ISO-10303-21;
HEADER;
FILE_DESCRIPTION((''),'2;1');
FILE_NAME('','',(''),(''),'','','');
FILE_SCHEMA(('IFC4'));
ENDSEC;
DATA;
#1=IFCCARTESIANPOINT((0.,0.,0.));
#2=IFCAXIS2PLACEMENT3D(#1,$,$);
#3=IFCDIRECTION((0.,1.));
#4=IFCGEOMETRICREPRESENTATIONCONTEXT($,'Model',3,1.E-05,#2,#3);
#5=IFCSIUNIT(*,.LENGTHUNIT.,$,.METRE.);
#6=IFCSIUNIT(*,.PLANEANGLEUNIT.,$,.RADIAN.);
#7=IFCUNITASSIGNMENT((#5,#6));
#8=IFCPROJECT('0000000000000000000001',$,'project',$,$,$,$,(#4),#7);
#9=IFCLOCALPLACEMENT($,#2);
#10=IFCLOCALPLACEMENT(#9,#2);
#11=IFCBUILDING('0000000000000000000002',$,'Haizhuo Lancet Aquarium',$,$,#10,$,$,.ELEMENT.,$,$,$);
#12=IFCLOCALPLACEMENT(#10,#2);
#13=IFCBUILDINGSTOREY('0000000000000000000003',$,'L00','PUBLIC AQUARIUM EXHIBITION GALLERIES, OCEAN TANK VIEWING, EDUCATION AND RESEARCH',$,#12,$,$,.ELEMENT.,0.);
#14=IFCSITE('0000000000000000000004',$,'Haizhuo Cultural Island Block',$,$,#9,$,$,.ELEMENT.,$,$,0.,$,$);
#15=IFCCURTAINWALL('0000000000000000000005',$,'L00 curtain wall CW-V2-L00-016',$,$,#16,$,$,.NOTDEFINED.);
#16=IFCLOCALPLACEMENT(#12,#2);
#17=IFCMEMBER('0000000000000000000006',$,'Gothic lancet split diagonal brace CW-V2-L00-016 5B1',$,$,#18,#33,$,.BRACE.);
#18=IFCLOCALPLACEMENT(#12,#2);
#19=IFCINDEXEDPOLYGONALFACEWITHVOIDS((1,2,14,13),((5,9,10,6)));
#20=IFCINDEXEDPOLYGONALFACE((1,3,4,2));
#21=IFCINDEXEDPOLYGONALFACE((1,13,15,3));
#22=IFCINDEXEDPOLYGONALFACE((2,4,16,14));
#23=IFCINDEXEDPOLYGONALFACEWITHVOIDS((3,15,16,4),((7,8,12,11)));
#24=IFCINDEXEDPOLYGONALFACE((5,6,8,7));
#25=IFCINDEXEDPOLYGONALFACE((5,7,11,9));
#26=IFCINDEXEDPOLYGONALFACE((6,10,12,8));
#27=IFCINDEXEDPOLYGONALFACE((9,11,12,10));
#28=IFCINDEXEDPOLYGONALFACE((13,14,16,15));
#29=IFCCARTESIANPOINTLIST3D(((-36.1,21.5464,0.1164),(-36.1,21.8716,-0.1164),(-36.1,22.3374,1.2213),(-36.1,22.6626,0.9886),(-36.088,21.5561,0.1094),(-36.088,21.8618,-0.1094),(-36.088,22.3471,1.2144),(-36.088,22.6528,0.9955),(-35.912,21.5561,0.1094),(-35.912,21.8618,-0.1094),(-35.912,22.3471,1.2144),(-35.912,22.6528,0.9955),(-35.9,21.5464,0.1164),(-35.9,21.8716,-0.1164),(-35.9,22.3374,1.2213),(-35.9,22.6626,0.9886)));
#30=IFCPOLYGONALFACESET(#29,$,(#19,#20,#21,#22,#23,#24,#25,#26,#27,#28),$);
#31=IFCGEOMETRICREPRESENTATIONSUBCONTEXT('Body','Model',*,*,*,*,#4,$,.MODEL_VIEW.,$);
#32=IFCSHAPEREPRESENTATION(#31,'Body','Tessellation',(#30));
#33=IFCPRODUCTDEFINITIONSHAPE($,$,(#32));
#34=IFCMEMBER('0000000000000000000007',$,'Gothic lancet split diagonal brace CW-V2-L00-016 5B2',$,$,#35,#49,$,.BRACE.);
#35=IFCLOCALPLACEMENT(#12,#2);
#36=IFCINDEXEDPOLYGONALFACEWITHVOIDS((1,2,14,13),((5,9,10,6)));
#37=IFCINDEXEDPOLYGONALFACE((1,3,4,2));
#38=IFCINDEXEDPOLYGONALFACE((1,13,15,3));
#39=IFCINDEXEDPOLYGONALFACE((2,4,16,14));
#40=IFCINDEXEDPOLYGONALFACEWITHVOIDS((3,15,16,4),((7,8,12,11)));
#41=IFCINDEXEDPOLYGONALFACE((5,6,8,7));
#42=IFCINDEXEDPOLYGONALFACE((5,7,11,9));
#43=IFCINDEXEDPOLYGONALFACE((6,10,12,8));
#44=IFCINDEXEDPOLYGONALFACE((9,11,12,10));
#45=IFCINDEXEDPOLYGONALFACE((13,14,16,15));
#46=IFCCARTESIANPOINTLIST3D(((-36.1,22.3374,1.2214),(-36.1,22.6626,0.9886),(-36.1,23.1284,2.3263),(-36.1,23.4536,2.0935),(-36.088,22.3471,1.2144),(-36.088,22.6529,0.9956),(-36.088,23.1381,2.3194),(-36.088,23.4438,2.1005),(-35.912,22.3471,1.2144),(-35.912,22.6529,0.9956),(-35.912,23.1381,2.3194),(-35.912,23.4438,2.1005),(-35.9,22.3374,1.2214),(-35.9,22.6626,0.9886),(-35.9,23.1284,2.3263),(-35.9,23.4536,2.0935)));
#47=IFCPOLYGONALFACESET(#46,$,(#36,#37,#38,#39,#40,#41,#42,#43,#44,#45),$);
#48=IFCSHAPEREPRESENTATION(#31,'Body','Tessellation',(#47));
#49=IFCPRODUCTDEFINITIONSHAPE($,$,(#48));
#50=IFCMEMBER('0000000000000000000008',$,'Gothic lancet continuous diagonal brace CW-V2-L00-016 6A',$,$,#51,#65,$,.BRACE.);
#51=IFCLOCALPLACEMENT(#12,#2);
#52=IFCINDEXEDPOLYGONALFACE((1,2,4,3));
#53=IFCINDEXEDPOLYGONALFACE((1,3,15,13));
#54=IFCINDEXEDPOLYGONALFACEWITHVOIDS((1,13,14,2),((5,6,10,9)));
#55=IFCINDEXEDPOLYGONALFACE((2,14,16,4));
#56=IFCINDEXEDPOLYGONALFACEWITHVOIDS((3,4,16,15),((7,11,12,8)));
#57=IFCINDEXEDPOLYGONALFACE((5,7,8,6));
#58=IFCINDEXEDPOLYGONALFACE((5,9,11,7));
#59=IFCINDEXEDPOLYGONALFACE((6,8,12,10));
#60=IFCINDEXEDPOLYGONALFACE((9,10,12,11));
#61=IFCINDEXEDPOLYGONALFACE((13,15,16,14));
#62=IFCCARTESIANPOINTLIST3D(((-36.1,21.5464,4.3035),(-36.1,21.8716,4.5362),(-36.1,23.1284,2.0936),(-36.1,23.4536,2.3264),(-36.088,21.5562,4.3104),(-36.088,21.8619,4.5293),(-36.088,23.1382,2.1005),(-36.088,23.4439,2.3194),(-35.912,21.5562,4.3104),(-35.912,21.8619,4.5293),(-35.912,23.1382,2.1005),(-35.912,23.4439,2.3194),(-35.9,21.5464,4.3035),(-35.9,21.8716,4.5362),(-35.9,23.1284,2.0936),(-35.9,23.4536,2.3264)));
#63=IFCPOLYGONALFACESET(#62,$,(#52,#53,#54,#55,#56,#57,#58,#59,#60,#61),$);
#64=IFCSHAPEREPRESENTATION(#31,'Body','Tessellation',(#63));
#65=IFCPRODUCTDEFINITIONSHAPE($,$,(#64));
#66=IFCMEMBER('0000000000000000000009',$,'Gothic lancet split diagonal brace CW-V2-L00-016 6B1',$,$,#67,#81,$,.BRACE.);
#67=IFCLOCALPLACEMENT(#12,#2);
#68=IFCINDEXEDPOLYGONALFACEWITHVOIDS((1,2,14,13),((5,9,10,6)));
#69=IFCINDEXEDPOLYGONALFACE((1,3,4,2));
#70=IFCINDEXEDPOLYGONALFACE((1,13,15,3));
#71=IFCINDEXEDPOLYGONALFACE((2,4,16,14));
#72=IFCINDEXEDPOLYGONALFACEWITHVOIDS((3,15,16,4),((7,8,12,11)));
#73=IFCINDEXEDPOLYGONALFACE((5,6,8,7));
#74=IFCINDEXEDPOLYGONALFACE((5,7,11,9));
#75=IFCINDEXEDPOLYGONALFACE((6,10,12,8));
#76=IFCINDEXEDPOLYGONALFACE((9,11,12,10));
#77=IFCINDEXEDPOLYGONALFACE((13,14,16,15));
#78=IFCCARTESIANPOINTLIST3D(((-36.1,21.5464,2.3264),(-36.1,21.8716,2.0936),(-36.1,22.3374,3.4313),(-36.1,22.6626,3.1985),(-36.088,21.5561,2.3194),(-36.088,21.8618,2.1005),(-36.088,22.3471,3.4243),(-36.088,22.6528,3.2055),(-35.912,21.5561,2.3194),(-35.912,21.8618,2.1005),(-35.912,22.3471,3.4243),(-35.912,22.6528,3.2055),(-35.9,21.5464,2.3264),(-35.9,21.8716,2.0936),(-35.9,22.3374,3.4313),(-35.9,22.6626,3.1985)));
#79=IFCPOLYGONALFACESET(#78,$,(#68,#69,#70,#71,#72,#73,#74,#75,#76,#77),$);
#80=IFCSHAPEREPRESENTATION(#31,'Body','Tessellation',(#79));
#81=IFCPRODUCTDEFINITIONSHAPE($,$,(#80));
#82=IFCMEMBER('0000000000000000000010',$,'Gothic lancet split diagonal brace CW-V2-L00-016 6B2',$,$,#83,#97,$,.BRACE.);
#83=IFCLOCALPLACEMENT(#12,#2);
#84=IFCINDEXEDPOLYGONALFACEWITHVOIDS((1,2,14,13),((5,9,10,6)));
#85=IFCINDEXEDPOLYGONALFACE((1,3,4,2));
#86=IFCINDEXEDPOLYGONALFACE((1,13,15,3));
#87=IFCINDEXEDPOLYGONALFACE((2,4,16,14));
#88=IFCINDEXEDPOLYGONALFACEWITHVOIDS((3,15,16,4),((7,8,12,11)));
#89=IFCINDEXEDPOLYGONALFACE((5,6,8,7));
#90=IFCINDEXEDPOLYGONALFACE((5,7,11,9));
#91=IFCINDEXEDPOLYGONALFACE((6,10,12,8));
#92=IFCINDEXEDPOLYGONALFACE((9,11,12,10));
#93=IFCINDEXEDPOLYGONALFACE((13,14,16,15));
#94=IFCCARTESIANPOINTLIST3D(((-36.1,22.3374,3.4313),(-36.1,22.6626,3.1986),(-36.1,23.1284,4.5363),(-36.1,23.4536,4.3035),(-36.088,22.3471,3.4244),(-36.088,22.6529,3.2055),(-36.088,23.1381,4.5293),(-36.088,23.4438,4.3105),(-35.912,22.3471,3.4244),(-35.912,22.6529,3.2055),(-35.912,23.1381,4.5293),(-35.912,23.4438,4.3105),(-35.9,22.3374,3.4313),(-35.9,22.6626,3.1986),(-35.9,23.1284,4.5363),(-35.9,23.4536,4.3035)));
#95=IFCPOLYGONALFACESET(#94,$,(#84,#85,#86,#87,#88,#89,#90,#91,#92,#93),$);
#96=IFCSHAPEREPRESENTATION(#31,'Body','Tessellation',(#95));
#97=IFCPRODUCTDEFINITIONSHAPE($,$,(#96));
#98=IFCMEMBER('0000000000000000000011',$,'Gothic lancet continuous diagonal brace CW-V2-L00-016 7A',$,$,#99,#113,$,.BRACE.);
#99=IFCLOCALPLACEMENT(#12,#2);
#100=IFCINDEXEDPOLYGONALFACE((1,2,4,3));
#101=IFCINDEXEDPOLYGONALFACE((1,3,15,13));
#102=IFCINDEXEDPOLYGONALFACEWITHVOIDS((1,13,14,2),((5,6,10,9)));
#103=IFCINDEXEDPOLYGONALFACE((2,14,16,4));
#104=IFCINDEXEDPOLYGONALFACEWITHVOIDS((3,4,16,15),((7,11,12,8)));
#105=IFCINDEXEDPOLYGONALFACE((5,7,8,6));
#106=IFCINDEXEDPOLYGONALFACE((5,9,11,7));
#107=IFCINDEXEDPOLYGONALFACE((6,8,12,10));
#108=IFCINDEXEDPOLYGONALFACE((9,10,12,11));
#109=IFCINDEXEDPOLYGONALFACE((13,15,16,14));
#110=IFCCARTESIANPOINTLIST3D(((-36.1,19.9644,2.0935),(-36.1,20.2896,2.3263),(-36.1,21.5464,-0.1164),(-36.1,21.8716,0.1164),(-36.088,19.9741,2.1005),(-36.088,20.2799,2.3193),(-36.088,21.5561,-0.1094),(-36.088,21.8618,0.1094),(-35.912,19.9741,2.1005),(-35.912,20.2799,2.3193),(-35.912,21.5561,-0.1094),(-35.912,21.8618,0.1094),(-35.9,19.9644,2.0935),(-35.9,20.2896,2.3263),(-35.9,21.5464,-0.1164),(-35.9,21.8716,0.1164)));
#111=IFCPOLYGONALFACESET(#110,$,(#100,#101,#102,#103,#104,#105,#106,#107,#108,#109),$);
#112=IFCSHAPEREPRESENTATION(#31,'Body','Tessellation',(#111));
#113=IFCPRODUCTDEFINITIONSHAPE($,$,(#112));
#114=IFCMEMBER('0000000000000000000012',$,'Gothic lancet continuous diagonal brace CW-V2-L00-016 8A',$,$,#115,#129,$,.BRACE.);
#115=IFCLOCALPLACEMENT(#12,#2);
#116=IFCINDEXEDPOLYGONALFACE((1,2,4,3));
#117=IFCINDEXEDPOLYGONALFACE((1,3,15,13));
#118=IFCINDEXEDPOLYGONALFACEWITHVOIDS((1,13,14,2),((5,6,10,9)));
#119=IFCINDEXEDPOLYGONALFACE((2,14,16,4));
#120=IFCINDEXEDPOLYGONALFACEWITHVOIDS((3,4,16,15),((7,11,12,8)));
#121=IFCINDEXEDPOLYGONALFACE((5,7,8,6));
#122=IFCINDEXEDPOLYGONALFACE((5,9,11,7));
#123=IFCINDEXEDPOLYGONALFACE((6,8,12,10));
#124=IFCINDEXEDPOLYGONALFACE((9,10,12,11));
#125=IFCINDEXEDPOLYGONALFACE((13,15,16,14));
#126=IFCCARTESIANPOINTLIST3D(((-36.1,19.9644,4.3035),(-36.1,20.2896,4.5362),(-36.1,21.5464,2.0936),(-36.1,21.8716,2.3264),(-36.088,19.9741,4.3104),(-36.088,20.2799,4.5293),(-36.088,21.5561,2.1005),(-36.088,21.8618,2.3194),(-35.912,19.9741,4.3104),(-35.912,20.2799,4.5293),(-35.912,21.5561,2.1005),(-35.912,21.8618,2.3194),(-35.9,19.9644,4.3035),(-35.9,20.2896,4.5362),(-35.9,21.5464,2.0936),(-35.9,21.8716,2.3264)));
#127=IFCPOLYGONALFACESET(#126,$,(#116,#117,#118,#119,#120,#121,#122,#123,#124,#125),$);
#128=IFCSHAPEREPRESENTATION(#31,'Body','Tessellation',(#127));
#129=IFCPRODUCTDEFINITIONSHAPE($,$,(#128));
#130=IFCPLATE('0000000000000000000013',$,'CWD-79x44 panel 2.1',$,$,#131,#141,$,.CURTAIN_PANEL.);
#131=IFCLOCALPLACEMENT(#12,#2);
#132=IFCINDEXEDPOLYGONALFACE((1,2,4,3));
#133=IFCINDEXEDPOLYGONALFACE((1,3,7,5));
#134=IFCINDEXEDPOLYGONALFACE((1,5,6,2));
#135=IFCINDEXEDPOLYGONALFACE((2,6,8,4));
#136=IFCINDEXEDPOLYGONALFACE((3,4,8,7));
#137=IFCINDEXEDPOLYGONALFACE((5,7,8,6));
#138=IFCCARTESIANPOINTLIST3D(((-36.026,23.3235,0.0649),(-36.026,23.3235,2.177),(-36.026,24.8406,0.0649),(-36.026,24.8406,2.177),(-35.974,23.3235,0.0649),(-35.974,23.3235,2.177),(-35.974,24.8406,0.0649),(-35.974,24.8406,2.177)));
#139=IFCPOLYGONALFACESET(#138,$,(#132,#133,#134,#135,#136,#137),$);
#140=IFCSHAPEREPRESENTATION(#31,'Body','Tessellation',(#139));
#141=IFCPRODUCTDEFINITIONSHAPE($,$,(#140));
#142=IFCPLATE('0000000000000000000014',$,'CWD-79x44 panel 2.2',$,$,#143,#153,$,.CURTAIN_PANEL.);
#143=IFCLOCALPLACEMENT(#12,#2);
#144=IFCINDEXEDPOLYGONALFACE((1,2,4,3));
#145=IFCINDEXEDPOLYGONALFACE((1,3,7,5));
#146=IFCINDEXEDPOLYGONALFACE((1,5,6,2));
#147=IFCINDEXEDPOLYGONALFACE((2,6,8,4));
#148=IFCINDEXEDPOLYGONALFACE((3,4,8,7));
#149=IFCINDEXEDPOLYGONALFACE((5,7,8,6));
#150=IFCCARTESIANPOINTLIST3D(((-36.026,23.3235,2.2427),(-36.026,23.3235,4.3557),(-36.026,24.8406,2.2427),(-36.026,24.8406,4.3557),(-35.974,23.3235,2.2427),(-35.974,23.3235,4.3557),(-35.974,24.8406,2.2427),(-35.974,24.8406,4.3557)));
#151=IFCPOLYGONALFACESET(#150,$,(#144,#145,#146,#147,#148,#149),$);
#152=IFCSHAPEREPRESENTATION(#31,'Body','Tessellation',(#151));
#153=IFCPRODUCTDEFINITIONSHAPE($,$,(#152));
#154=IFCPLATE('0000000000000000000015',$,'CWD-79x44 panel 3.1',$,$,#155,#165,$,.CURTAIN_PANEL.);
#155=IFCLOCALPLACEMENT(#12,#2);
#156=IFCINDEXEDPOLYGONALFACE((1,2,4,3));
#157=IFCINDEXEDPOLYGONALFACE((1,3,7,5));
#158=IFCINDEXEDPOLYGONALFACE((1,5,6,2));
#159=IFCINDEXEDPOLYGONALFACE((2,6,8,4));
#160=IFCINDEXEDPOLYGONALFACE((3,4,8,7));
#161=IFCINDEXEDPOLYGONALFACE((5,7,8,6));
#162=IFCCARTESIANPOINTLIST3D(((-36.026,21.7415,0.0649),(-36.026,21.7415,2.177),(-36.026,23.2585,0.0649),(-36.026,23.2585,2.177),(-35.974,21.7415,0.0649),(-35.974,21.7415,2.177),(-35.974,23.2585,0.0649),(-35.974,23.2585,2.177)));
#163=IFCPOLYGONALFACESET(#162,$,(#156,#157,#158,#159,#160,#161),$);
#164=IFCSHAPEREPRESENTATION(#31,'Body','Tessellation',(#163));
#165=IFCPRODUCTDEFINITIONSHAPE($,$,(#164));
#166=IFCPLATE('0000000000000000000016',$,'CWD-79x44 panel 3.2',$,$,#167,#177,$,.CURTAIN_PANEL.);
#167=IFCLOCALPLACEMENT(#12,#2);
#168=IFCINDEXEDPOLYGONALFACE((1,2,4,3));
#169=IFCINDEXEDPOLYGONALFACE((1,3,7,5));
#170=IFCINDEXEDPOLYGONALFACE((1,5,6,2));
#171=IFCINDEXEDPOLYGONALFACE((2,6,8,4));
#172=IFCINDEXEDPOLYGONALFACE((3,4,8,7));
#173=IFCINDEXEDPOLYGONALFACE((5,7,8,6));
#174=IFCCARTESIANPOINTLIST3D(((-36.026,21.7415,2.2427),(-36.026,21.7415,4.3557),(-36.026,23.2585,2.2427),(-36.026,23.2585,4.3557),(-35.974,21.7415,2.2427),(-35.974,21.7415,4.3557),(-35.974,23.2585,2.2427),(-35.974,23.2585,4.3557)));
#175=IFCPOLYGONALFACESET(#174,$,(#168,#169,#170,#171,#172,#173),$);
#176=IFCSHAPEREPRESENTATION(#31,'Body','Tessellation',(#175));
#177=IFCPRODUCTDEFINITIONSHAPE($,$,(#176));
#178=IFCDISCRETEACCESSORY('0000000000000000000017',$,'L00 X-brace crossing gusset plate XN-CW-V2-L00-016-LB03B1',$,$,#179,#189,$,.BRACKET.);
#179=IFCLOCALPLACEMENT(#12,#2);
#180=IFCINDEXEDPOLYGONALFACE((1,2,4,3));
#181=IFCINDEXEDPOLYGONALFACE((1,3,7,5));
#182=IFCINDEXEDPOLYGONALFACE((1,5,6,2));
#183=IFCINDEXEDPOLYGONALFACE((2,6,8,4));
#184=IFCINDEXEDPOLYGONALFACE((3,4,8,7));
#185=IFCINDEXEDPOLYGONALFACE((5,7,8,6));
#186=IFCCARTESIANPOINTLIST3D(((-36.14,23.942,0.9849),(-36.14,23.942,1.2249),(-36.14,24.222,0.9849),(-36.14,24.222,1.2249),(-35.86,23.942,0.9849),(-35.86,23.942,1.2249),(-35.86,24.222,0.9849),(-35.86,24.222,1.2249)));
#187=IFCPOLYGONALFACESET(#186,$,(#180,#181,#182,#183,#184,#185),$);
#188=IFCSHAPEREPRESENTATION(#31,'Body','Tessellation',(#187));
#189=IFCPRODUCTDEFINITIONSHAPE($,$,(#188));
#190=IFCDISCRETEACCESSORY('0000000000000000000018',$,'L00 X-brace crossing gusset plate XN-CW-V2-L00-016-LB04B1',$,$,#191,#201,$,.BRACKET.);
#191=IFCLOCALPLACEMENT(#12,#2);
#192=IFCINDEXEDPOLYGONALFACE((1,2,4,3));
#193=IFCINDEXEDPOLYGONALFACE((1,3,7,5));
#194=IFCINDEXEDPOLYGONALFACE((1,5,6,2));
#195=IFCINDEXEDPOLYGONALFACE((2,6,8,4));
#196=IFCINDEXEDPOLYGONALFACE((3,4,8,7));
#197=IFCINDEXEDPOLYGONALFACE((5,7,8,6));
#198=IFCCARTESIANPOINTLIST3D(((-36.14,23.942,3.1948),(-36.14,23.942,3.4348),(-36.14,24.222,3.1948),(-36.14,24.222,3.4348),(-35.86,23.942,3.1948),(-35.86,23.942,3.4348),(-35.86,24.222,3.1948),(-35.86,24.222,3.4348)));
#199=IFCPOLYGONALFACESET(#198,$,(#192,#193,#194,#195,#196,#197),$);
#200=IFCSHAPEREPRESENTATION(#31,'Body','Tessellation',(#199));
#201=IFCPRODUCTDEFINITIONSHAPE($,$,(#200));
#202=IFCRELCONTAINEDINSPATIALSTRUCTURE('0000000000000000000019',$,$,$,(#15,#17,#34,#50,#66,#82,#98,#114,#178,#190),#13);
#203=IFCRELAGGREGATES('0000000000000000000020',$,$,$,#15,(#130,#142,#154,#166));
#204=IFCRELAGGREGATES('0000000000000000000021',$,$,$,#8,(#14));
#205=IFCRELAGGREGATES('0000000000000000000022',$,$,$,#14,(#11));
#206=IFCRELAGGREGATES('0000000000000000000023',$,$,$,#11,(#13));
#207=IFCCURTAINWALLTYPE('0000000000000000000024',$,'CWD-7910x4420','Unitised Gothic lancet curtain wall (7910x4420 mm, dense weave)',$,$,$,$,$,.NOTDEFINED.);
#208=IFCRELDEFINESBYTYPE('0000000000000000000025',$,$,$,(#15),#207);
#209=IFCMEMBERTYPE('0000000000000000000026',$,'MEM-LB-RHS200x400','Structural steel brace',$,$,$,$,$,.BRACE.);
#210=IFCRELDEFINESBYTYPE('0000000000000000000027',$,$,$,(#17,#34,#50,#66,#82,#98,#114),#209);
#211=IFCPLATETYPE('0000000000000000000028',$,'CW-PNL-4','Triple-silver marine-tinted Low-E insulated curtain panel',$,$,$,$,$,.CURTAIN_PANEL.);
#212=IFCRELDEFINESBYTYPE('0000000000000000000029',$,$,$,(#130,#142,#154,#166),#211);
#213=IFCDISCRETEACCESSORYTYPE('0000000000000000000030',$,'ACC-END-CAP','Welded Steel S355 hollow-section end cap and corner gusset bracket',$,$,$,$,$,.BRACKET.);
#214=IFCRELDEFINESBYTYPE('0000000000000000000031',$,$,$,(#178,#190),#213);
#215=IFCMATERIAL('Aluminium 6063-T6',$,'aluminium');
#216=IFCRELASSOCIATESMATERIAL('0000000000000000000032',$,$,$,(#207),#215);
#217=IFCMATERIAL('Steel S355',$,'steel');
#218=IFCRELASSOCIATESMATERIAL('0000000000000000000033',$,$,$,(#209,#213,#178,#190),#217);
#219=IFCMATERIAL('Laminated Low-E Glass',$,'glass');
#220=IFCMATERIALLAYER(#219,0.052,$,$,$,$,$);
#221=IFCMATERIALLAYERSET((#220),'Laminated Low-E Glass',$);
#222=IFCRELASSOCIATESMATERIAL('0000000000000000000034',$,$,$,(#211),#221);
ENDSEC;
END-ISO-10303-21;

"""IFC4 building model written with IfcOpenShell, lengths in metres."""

from ifc_helpers import new_model, si_unit, direction, frame, origin, origin_2d, place, context, subcontext, project, spatial, rectangle, hollow_rectangle, extrude, material, layer, layer_set, material_profile, profile_set, type_object, element, aggregate, save


model = new_model("IFC4")

# Units and contexts
model_context = context("Model", 3, precision=1e-05, world=origin(), true_north=direction((0.0, 1.0)))
body_context = subcontext(model_context, "Body", "Model", "MODEL_VIEW")
ifc_project = project(units=[si_unit("LENGTHUNIT", "METRE"), si_unit("PLANEANGLEUNIT", "RADIAN")], contexts=[model_context])

# Site, building, storey
site_placement = place(None, origin())
site = spatial("IfcSite", under=ifc_project, at=site_placement, Name="Haizhuo Cultural Island Block", CompositionType="ELEMENT", RefElevation=0.0)
building_placement = place(site_placement, origin())
building = spatial("IfcBuilding", under=site, at=building_placement, Name="Haizhuo Lancet Aquarium", CompositionType="ELEMENT")
storey_placement = place(building_placement, origin())
storey = spatial("IfcBuildingStorey", under=building, at=storey_placement, Name="L00", Description="PUBLIC AQUARIUM EXHIBITION GALLERIES, OCEAN TANK VIEWING, EDUCATION AND RESEARCH", CompositionType="ELEMENT", Elevation=0.0)

# Curtain wall
ifc_material_1 = material(Name="Aluminium 6063-T6", Category="aluminium")
curtain_wall_type = type_object("IfcCurtainWallType", Name="CWD-7910x4420", Description="Unitised Gothic lancet curtain wall (7910x4420 mm, dense weave)", PredefinedType="NOTDEFINED", material=ifc_material_1)
curtain_wall_placement = place(storey_placement, origin())
curtain_wall = element("IfcCurtainWall", 1, at=curtain_wall_placement, inside=storey, type_object=curtain_wall_type, Name="L00 curtain wall CW-V2-L00-016", PredefinedType="NOTDEFINED")

# Shared definitions
ifc_material_2 = material(Name="Steel S355", Category="steel")

# Members
ifc_material_profile_1 = material_profile(ifc_material_2, hollow_rectangle(XDim=0.2, YDim=0.3999, WallThickness=0.012, at=origin_2d()), Name="RHS 200x400x12")
ifc_profile_set_1 = profile_set([ifc_material_profile_1], Name="Steel S355")
member_type_1 = type_object("IfcMemberType", Name="MEM-LB-RHS200x400", Description="Structural steel brace", PredefinedType="BRACE", material=ifc_profile_set_1)
for number, where, z_axis, x_axis, name in (
    (2, (-36.0, 21.709, 0.0), (0.0, 0.582088, 0.813126), (-1.0, 0.0, 0.0), "Gothic lancet split diagonal brace CW-V2-L00-016 5B1"),
    (3, (-36.0, 22.5, 1.105), (0.0, 0.582088, 0.813126), (-1.0, 0.0, 0.0), "Gothic lancet split diagonal brace CW-V2-L00-016 5B2"),
):
    element("IfcMember", number, at=place(storey_placement, frame(where, z_axis=z_axis, x_axis=x_axis)), inside=storey, type_object=member_type_1, Name=name, PredefinedType="BRACE", context=body_context, shape_type="SweptSolid", body=[
        extrude(hollow_rectangle(XDim=0.2, YDim=0.3999, WallThickness=0.012, at=origin_2d()), origin(), (0.0, 0.0, 1.0), 1.3589),
    ])
member_1_placement = place(storey_placement, frame((-36.0, 23.291, 2.21), z_axis=(0.0, -0.582088, 0.813126), x_axis=(1.0, 0.0, 0.0)))
element("IfcMember", 4, at=member_1_placement, inside=storey, type_object=member_type_1, Name="Gothic lancet continuous diagonal brace CW-V2-L00-016 6A", PredefinedType="BRACE", context=body_context, shape_type="SweptSolid", body=[
    extrude(hollow_rectangle(XDim=0.2, YDim=0.3999, WallThickness=0.012, at=origin_2d()), origin(), (0.0, 0.0, 1.0), 2.7178),
])
for number, where, z_axis, x_axis, name in (
    (5, (-36.0, 21.709, 2.21), (0.0, 0.582088, 0.813126), (-1.0, 0.0, 0.0), "Gothic lancet split diagonal brace CW-V2-L00-016 6B1"),
    (6, (-36.0, 22.5, 3.3149), (0.0, 0.582088, 0.813126), (-1.0, 0.0, 0.0), "Gothic lancet split diagonal brace CW-V2-L00-016 6B2"),
):
    element("IfcMember", number, at=place(storey_placement, frame(where, z_axis=z_axis, x_axis=x_axis)), inside=storey, type_object=member_type_1, Name=name, PredefinedType="BRACE", context=body_context, shape_type="SweptSolid", body=[
        extrude(hollow_rectangle(XDim=0.2, YDim=0.3999, WallThickness=0.012, at=origin_2d()), origin(), (0.0, 0.0, 1.0), 1.3589),
    ])
for number, where, z_axis, x_axis, name in (
    (7, (-36.0, 21.709, 0.0), (0.0, -0.582088, 0.813126), (1.0, 0.0, 0.0), "Gothic lancet continuous diagonal brace CW-V2-L00-016 7A"),
    (8, (-36.0, 21.709, 2.21), (0.0, -0.582088, 0.813126), (1.0, 0.0, 0.0), "Gothic lancet continuous diagonal brace CW-V2-L00-016 8A"),
):
    element("IfcMember", number, at=place(storey_placement, frame(where, z_axis=z_axis, x_axis=x_axis)), inside=storey, type_object=member_type_1, Name=name, PredefinedType="BRACE", context=body_context, shape_type="SweptSolid", body=[
        extrude(hollow_rectangle(XDim=0.2, YDim=0.3999, WallThickness=0.012, at=origin_2d()), origin(), (0.0, 0.0, 1.0), 2.7178),
    ])

# Plates
ifc_material_3 = material(Name="Laminated Low-E Glass", Category="glass")
ifc_layer = layer(ifc_material_3, 0.052)
ifc_layer_set = layer_set([ifc_layer], Name="Laminated Low-E Glass")
plate_type = type_object("IfcPlateType", Name="CW-PNL-4", Description="Triple-silver marine-tinted Low-E insulated curtain panel", PredefinedType="CURTAIN_PANEL", material=ifc_layer_set)
plate_1_placement = place(storey_placement, frame((-36.0, 24.082, 0.0649), z_axis=(0.0, 0.0, 1.0), x_axis=(0.0, -1.0, 0.0)))
plate_1 = element("IfcPlate", 9, at=plate_1_placement, type_object=plate_type, Name="CWD-79x44 panel 2.1", PredefinedType="CURTAIN_PANEL", context=body_context, shape_type="SweptSolid", body=[
    extrude(rectangle(XDim=1.5171, YDim=0.052, at=origin_2d()), origin(), (0.0, 0.0, 1.0), 2.1121),
])
plate_2_placement = place(storey_placement, frame((-36.0, 24.082, 2.2427), z_axis=(0.0, 0.0, 1.0), x_axis=(0.0, -1.0, 0.0)))
plate_2 = element("IfcPlate", 10, at=plate_2_placement, type_object=plate_type, Name="CWD-79x44 panel 2.2", PredefinedType="CURTAIN_PANEL", context=body_context, shape_type="SweptSolid", body=[
    extrude(rectangle(XDim=1.5171, YDim=0.052, at=origin_2d()), origin(), (0.0, 0.0, 1.0), 2.113),
])
plate_3_placement = place(storey_placement, frame((-36.0, 22.5, 0.0649), z_axis=(0.0, 0.0, 1.0), x_axis=(0.0, -1.0, 0.0)))
plate_3 = element("IfcPlate", 11, at=plate_3_placement, type_object=plate_type, Name="CWD-79x44 panel 3.1", PredefinedType="CURTAIN_PANEL", context=body_context, shape_type="SweptSolid", body=[
    extrude(rectangle(XDim=1.5171, YDim=0.052, at=origin_2d()), origin(), (0.0, 0.0, 1.0), 2.1121),
])
plate_4_placement = place(storey_placement, frame((-36.0, 22.5, 2.2427), z_axis=(0.0, 0.0, 1.0), x_axis=(0.0, -1.0, 0.0)))
plate_4 = element("IfcPlate", 12, at=plate_4_placement, type_object=plate_type, Name="CWD-79x44 panel 3.2", PredefinedType="CURTAIN_PANEL", context=body_context, shape_type="SweptSolid", body=[
    extrude(rectangle(XDim=1.5171, YDim=0.052, at=origin_2d()), origin(), (0.0, 0.0, 1.0), 2.113),
])
aggregate(curtain_wall, [plate_1, plate_2, plate_3, plate_4])

# Discrete accessories
discrete_accessory_type = type_object("IfcDiscreteAccessoryType", Name="ACC-END-CAP", Description="Welded Steel S355 hollow-section end cap and corner gusset bracket", PredefinedType="BRACKET", material=ifc_material_2)
for number, where, z_axis, x_axis, name in (
    (13, (-36.0, 24.082, 0.9849), (0.0, 0.0, 1.0), (1.0, 0.0, 0.0), "L00 X-brace crossing gusset plate XN-CW-V2-L00-016-LB03B1"),
    (14, (-36.0, 24.082, 3.1948), (0.0, 0.0, 1.0), (1.0, 0.0, 0.0), "L00 X-brace crossing gusset plate XN-CW-V2-L00-016-LB04B1"),
):
    element("IfcDiscreteAccessory", number, at=place(storey_placement, frame(where, z_axis=z_axis, x_axis=x_axis)), inside=storey, type_object=discrete_accessory_type, material=ifc_material_2, Name=name, PredefinedType="BRACKET", context=body_context, shape_type="SweptSolid", body=[
        extrude(rectangle(XDim=0.28, YDim=0.28, at=origin_2d()), origin(), (0.0, 0.0, 1.0), 0.24),
    ])

save(model, "model.ifc")
